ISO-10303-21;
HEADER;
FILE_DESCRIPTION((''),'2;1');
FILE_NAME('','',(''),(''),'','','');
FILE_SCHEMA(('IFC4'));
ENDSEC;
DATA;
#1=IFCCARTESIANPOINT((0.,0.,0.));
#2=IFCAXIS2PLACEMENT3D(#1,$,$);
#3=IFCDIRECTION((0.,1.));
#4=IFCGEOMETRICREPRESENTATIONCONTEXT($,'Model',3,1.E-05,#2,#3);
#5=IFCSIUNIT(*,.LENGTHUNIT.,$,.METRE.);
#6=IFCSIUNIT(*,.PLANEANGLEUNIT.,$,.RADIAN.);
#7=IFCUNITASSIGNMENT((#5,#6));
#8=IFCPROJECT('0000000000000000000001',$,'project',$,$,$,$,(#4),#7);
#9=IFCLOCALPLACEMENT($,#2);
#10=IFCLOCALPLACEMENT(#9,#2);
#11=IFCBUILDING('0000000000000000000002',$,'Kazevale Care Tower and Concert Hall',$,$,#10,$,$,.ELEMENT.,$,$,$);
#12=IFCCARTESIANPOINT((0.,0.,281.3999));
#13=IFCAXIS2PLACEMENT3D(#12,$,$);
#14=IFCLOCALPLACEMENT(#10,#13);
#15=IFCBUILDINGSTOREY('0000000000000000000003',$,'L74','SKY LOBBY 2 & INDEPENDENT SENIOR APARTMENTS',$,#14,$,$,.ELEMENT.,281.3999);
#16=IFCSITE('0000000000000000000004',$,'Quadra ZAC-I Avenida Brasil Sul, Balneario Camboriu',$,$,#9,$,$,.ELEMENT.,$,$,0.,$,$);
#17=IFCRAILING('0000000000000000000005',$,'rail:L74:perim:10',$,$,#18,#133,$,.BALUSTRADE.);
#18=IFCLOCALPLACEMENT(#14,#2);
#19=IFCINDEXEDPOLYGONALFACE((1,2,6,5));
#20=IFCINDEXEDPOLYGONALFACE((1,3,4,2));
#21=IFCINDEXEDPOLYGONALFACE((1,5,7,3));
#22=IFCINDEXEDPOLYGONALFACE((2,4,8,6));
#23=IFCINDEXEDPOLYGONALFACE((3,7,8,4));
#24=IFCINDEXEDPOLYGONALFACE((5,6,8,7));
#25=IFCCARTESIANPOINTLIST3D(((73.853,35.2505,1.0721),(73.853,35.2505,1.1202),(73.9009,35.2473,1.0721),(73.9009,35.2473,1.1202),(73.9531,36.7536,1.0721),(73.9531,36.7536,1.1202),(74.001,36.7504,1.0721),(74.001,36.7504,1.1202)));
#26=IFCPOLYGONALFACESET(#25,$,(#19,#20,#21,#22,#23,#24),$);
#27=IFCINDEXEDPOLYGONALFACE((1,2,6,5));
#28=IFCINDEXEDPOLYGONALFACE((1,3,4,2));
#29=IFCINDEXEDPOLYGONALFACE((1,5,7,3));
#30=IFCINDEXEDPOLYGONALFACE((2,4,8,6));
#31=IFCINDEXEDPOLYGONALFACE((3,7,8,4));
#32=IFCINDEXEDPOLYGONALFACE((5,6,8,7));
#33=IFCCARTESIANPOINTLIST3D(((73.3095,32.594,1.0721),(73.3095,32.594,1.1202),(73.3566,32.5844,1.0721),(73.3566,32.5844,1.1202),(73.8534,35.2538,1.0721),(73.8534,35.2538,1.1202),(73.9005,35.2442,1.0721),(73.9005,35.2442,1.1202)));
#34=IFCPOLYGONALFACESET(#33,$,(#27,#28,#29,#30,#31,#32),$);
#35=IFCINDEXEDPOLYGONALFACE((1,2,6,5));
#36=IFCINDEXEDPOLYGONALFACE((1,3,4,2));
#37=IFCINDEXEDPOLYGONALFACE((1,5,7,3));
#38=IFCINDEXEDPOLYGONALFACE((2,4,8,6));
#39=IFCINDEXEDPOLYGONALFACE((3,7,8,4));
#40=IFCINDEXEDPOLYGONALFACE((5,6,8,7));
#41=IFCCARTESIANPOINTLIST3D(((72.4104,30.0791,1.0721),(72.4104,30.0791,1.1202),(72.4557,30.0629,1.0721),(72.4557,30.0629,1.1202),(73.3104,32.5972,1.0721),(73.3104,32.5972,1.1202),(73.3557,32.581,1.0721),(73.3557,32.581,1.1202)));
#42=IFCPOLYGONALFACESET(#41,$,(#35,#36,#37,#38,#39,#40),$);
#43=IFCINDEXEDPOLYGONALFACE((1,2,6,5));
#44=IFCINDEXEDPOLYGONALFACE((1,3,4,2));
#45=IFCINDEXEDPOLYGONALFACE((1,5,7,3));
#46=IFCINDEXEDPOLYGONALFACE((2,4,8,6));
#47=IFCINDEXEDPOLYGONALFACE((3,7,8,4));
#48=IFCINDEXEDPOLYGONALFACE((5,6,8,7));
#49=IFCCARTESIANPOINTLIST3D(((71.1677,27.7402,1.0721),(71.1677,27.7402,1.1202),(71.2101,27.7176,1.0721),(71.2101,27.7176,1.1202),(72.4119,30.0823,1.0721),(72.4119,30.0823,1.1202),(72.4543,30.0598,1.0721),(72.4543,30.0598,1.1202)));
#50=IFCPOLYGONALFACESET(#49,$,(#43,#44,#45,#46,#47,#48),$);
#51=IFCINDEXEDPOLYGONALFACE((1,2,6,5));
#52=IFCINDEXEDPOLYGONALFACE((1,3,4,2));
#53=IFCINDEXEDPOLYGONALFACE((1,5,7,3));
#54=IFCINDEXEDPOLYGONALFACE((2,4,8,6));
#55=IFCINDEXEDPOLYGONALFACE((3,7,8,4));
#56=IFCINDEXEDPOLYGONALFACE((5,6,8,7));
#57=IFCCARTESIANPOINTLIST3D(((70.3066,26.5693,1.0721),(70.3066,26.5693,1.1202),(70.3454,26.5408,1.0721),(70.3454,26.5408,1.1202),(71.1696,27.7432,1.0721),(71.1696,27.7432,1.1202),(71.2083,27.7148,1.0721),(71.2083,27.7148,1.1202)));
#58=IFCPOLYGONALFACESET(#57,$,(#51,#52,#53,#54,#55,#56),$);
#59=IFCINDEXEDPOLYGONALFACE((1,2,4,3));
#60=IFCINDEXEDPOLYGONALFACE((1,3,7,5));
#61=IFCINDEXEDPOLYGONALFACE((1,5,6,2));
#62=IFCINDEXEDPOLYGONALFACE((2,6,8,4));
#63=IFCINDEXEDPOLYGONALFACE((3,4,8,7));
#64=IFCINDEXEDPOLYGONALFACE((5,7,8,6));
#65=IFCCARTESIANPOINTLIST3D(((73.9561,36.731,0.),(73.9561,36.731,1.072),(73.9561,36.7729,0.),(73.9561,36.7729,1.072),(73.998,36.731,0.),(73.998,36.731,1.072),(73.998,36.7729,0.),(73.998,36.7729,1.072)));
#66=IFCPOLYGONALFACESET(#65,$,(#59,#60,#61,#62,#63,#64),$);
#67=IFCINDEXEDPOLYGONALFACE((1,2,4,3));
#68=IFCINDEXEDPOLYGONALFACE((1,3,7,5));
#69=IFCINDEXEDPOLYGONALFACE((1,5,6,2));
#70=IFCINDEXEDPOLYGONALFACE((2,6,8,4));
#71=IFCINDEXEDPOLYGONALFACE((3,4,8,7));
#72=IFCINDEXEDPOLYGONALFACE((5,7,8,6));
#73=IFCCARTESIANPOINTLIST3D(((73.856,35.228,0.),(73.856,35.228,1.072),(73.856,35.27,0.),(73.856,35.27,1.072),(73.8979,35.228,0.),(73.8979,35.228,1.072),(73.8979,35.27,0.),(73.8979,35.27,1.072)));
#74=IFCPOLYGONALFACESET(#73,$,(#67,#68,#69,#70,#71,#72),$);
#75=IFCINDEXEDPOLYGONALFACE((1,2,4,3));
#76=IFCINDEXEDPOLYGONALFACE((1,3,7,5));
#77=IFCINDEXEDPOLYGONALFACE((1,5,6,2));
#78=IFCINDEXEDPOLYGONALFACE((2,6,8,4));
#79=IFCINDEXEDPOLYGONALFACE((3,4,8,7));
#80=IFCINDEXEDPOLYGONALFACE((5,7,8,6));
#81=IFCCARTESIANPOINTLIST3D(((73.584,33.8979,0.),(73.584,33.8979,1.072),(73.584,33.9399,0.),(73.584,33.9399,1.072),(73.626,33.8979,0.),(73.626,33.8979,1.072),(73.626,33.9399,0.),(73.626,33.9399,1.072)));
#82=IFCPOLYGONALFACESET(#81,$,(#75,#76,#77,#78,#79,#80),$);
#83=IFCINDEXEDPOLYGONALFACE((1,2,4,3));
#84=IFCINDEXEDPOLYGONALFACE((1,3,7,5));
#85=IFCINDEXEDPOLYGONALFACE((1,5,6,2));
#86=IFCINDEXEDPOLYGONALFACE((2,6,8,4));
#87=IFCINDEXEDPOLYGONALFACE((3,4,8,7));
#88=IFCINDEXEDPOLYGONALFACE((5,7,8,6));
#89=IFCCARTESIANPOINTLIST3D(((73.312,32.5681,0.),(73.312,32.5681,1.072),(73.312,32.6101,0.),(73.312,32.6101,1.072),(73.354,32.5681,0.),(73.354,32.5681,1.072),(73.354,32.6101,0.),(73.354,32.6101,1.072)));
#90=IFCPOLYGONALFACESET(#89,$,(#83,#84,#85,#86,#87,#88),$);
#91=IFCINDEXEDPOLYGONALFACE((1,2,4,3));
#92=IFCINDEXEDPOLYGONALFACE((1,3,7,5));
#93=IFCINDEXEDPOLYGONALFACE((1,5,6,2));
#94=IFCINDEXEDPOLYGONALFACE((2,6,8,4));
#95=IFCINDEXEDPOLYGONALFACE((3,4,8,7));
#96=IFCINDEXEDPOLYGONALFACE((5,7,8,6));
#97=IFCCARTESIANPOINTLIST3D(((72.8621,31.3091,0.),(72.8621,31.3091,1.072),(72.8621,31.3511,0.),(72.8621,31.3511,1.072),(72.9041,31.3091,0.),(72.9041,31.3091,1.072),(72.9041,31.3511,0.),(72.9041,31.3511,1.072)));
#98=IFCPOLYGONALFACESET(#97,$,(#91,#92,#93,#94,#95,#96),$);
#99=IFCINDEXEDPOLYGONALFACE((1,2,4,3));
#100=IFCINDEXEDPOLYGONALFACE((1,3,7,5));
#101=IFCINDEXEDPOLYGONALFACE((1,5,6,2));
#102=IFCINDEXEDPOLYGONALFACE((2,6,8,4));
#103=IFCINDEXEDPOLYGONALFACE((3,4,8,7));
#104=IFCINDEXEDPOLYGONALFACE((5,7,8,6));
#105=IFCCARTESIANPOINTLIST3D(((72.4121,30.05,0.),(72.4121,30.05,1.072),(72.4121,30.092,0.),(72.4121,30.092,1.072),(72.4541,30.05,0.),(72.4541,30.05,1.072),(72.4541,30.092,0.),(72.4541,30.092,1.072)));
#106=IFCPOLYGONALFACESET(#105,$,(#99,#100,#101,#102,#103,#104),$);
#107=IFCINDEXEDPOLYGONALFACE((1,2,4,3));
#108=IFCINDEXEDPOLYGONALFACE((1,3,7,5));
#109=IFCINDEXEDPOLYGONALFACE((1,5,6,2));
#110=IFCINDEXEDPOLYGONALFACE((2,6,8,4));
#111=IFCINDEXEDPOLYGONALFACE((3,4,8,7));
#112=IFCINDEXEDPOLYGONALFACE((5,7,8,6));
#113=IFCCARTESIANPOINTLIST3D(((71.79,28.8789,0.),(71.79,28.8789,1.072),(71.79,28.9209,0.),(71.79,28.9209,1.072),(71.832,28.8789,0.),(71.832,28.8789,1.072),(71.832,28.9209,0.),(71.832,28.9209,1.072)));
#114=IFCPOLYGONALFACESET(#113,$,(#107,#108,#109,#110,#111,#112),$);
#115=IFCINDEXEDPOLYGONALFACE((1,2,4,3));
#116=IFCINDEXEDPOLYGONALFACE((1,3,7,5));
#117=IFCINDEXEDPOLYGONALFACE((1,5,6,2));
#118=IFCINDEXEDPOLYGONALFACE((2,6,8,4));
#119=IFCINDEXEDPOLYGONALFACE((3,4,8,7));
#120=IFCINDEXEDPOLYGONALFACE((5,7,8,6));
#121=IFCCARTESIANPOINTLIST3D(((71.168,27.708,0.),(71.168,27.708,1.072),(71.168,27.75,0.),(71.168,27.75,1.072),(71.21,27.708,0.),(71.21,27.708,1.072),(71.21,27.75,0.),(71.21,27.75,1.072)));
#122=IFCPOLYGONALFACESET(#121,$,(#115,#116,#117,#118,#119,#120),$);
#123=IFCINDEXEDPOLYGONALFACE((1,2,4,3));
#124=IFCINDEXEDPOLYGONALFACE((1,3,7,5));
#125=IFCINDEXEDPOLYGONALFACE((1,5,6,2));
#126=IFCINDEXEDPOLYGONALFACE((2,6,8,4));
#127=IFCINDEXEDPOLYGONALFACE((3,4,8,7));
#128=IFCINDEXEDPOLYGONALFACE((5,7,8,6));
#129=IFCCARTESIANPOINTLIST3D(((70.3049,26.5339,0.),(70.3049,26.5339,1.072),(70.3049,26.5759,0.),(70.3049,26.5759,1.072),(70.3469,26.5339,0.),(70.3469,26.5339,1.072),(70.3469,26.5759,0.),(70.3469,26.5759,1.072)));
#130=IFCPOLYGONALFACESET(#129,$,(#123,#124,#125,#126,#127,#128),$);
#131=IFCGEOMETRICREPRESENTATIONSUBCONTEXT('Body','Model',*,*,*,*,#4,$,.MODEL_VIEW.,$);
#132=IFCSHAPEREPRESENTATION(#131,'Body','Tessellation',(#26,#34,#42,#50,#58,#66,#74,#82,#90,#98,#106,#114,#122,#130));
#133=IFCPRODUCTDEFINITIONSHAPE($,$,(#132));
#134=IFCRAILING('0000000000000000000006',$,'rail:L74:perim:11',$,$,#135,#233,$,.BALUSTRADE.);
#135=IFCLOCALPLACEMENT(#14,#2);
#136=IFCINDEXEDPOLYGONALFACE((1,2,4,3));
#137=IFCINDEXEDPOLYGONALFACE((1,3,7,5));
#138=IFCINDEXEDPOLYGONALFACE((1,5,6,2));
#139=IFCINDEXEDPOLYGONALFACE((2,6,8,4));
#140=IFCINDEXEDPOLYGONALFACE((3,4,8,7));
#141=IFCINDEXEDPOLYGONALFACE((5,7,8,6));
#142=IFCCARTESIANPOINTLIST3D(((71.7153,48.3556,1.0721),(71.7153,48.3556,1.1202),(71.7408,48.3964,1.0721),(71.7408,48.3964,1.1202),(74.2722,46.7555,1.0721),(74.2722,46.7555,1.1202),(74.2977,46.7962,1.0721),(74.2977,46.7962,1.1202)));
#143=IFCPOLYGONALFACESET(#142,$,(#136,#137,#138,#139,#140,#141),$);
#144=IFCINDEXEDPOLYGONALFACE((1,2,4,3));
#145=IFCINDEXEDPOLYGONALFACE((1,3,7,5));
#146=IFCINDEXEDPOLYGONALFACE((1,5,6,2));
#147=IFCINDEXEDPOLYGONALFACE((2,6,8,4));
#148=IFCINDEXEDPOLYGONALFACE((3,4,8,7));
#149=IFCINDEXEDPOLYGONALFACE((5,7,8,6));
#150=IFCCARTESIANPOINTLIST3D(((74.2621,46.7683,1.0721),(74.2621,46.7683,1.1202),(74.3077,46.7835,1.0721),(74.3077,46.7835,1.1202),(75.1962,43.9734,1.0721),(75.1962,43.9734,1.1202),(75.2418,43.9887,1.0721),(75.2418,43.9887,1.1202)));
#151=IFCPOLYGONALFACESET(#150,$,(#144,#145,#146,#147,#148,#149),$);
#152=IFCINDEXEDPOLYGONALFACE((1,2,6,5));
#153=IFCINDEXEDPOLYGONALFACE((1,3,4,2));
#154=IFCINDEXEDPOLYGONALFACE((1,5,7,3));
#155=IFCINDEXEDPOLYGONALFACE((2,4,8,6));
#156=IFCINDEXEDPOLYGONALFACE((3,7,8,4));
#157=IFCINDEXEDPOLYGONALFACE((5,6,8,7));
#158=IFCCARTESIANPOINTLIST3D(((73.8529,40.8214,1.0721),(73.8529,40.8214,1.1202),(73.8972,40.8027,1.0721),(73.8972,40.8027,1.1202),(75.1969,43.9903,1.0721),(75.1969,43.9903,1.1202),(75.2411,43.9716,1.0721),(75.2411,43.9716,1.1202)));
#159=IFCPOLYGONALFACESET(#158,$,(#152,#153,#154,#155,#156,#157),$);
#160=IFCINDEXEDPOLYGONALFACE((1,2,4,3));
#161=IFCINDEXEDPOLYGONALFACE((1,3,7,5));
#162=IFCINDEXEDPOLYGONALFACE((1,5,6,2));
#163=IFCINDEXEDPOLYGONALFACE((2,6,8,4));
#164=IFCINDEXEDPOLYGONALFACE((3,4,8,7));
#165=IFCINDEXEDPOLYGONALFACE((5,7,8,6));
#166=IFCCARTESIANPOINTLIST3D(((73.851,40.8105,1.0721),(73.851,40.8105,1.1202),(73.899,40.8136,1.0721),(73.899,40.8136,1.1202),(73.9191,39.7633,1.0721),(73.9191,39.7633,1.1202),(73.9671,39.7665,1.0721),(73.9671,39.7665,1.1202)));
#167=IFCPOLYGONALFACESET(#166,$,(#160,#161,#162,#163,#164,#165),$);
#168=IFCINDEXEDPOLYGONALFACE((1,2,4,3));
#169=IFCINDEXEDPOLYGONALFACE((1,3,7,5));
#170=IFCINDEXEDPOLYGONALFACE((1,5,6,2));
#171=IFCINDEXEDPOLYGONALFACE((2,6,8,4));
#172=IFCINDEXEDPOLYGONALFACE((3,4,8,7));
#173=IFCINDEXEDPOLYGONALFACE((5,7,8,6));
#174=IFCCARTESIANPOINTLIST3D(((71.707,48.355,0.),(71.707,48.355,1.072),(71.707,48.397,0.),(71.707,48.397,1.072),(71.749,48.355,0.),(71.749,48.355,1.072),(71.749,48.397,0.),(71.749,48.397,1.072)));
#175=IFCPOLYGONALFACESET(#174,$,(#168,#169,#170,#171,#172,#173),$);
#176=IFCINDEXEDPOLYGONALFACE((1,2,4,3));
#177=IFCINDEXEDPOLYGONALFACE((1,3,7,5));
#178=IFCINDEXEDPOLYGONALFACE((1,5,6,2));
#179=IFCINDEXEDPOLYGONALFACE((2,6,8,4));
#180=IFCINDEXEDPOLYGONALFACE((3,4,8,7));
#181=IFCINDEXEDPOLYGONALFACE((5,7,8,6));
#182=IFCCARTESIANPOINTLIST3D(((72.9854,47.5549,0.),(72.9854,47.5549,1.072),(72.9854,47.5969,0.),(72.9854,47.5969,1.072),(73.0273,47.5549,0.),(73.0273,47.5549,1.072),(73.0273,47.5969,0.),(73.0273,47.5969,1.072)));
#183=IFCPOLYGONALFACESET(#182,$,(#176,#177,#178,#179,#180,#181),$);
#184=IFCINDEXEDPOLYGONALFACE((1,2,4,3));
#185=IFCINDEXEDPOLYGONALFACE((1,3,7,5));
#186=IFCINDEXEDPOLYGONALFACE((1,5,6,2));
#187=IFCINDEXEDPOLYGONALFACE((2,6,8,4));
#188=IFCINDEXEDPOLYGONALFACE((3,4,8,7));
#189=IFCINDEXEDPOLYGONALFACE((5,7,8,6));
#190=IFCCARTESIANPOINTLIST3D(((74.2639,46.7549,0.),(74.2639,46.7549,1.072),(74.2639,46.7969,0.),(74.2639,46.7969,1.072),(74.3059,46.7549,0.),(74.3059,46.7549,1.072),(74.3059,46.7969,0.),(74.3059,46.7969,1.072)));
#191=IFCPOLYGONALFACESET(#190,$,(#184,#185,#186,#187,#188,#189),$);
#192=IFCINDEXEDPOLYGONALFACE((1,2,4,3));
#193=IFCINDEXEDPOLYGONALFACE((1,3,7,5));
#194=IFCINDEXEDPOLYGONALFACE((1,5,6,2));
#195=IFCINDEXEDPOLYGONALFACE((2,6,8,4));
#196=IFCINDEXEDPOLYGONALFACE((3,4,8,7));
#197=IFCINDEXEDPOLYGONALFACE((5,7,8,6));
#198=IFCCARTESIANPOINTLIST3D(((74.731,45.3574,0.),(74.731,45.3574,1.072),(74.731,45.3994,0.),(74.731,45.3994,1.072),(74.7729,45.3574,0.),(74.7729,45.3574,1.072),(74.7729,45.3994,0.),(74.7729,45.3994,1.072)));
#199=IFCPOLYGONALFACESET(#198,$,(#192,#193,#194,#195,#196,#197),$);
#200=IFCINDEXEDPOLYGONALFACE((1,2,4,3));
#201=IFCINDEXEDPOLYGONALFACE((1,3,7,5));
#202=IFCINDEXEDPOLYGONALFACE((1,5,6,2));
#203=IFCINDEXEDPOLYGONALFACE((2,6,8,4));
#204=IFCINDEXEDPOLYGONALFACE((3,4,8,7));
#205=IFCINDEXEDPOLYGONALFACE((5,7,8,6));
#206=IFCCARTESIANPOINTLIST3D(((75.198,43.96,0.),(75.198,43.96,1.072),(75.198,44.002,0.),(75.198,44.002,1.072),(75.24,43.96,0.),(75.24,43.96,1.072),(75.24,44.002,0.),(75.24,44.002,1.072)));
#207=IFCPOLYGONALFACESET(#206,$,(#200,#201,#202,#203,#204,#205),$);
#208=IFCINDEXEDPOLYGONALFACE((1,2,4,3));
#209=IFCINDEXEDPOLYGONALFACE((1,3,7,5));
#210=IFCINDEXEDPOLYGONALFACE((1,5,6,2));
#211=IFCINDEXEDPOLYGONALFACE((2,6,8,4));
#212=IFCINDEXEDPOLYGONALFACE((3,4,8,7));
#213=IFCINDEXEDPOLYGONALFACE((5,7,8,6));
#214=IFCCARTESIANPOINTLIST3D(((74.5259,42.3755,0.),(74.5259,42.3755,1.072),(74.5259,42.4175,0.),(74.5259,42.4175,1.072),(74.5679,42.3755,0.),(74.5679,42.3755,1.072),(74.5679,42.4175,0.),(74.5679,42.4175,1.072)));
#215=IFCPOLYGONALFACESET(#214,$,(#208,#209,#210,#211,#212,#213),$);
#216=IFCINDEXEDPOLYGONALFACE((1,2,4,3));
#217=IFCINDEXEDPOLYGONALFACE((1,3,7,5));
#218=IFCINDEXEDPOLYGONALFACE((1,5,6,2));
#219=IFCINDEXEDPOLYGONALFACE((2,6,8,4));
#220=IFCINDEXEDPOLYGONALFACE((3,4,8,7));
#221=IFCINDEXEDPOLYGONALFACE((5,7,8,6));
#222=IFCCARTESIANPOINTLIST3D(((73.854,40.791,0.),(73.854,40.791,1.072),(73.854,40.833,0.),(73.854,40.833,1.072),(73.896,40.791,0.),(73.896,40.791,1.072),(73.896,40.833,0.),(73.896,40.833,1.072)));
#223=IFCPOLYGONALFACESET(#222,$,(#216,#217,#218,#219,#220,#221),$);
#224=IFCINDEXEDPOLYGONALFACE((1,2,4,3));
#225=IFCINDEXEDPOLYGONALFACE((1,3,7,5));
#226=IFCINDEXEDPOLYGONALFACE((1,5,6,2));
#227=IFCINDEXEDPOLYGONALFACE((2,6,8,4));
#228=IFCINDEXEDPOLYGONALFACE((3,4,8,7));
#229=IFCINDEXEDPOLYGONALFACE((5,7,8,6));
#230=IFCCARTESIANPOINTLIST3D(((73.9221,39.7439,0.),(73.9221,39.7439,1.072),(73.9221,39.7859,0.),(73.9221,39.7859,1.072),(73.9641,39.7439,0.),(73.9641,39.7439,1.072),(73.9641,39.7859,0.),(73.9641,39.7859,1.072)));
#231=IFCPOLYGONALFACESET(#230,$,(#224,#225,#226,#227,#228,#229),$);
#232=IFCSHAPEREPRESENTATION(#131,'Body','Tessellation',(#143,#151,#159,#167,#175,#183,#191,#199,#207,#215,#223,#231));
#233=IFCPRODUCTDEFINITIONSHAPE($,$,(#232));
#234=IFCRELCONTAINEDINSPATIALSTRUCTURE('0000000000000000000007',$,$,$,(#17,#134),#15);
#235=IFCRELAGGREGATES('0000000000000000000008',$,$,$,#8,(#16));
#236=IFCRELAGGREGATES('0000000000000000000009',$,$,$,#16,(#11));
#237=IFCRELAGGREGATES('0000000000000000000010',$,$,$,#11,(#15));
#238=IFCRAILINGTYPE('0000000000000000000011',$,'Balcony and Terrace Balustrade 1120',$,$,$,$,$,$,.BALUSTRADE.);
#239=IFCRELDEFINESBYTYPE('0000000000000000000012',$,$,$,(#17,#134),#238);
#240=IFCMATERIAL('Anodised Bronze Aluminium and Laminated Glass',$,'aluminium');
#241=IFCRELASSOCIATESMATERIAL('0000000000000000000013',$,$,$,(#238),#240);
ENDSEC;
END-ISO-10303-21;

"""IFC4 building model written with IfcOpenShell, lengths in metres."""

from ifc_helpers import new_model, si_unit, direction, frame, origin, origin_2d, place, context, subcontext, project, spatial, rectangle, extrude, material, type_object, element, save


model = new_model("IFC4")

# Units and contexts
model_context = context("Model", 3, precision=1e-05, world=origin(), true_north=direction((0.0, 1.0)))
body_context = subcontext(model_context, "Body", "Model", "MODEL_VIEW")
ifc_project = project(units=[si_unit("LENGTHUNIT", "METRE"), si_unit("PLANEANGLEUNIT", "RADIAN")], contexts=[model_context])

# Site, building, storey
site_placement = place(None, origin())
site = spatial("IfcSite", under=ifc_project, at=site_placement, Name="Quadra ZAC-I Avenida Brasil Sul, Balneario Camboriu", CompositionType="ELEMENT", RefElevation=0.0)
building_placement = place(site_placement, origin())
building = spatial("IfcBuilding", under=site, at=building_placement, Name="Kazevale Care Tower and Concert Hall", CompositionType="ELEMENT")
storey_placement = place(building_placement, frame((0.0, 0.0, 281.3999)))
storey = spatial("IfcBuildingStorey", under=building, at=storey_placement, Name="L74", Description="SKY LOBBY 2 & INDEPENDENT SENIOR APARTMENTS", CompositionType="ELEMENT", Elevation=281.3999)

# Railings
ifc_material_1 = material(Name="Anodised Bronze Aluminium and Laminated Glass", Category="aluminium")
railing_type = type_object("IfcRailingType", Name="Balcony and Terrace Balustrade 1120", PredefinedType="BALUSTRADE", material=ifc_material_1)
railing_1_placement = place(storey_placement, frame((73.9771, 36.752, 0.0)))
element("IfcRailing", 1, at=railing_1_placement, inside=storey, type_object=railing_type, Name="rail:L74:perim:10", PredefinedType="BALUSTRADE", context=body_context, shape_type="SweptSolid", body=[
    extrude(rectangle(XDim=0.0481, YDim=0.0481, at=origin_2d()), frame((0.0, 0.0, 1.0962), z_axis=(-0.066454, -0.997789, 0.0), x_axis=(0.997789, -0.066454, 0.0)), (0.0, 0.0, 1.0), 1.5063),
    extrude(rectangle(XDim=0.0481, YDim=0.0481, at=origin_2d()), frame((-0.1001, -1.5029, 1.0962), z_axis=(-0.200351, -0.979724, 0.0), x_axis=(0.979724, -0.200351, 0.0)), (0.0, 0.0, 1.0), 2.7148),
    extrude(rectangle(XDim=0.0481, YDim=0.0481, at=origin_2d()), frame((-0.644, -4.1628, 1.0962), z_axis=(-0.336533, -0.941672, 0.0), x_axis=(0.941672, -0.336533, 0.0)), (0.0, 0.0, 1.0), 2.6741),
    extrude(rectangle(XDim=0.0481, YDim=0.0481, at=origin_2d()), frame((-1.5439, -6.6809, 1.0962), z_axis=(-0.469135, -0.883126, 0.0), x_axis=(0.883126, -0.469135, 0.0)), (0.0, 0.0, 1.0), 2.6521),
    extrude(rectangle(XDim=0.0481, YDim=0.0481, at=origin_2d()), frame((-2.7881, -9.0229, 1.0962), z_axis=(-0.592278, -0.805733, 0.0), x_axis=(0.805733, -0.592278, 0.0)), (0.0, 0.0, 1.0), 1.457),
    extrude(rectangle(XDim=0.042, YDim=0.042, at=origin_2d()), origin(), (0.0, 0.0, 1.0), 1.072),
    extrude(rectangle(XDim=0.042, YDim=0.042, at=origin_2d()), frame((-0.1001, -1.5029, 0.0)), (0.0, 0.0, 1.0), 1.072),
    extrude(rectangle(XDim=0.042, YDim=0.042, at=origin_2d()), frame((-0.3721, -2.833, 0.0)), (0.0, 0.0, 1.0), 1.072),
    extrude(rectangle(XDim=0.042, YDim=0.042, at=origin_2d()), frame((-0.644, -4.1628, 0.0)), (0.0, 0.0, 1.0), 1.072),
    extrude(rectangle(XDim=0.042, YDim=0.042, at=origin_2d()), frame((-1.094, -5.4219, 0.0)), (0.0, 0.0, 1.0), 1.072),
    extrude(rectangle(XDim=0.042, YDim=0.042, at=origin_2d()), frame((-1.5439, -6.6809, 0.0)), (0.0, 0.0, 1.0), 1.072),
    extrude(rectangle(XDim=0.042, YDim=0.042, at=origin_2d()), frame((-2.166, -7.8521, 0.0)), (0.0, 0.0, 1.0), 1.072),
    extrude(rectangle(XDim=0.042, YDim=0.042, at=origin_2d()), frame((-2.7881, -9.0229, 0.0)), (0.0, 0.0, 1.0), 1.072),
    extrude(rectangle(XDim=0.042, YDim=0.042, at=origin_2d()), frame((-3.6511, -10.197, 0.0)), (0.0, 0.0, 1.0), 1.072),
])
railing_2_placement = place(storey_placement, frame((71.728, 48.376, 0.0)))
element("IfcRailing", 2, at=railing_2_placement, inside=storey, type_object=railing_type, Name="rail:L74:perim:11", PredefinedType="BALUSTRADE", context=body_context, shape_type="SweptSolid", body=[
    extrude(rectangle(XDim=0.0481, YDim=0.0481, at=origin_2d()), frame((0.0, 0.0, 1.0962), z_axis=(0.847693, -0.530486, 0.0), x_axis=(0.530486, 0.847693, 0.0)), (0.0, 0.0, 1.0), 3.0164),
    extrude(rectangle(XDim=0.0481, YDim=0.0481, at=origin_2d()), frame((2.5569, -1.6001, 1.0962), z_axis=(0.316973, -0.948434, 0.0), x_axis=(0.948434, 0.316973, 0.0)), (0.0, 0.0, 1.0), 2.9468),
    extrude(rectangle(XDim=0.0481, YDim=0.0481, at=origin_2d()), frame((3.491, -4.395, 1.0962), z_axis=(-0.39045, -0.920624, 0.0), x_axis=(0.920624, -0.39045, 0.0)), (0.0, 0.0, 1.0), 3.4421),
    extrude(rectangle(XDim=0.0481, YDim=0.0481, at=origin_2d()), frame((2.147, -7.564, 1.0962), z_axis=(0.064913, -0.997891, 0.0), x_axis=(0.997891, 0.064913, 0.0)), (0.0, 0.0, 1.0), 1.0493),
    extrude(rectangle(XDim=0.042, YDim=0.042, at=origin_2d()), origin(), (0.0, 0.0, 1.0), 1.072),
    extrude(rectangle(XDim=0.042, YDim=0.042, at=origin_2d()), frame((1.2783, -0.8, 0.0)), (0.0, 0.0, 1.0), 1.072),
    extrude(rectangle(XDim=0.042, YDim=0.042, at=origin_2d()), frame((2.5569, -1.6001, 0.0)), (0.0, 0.0, 1.0), 1.072),
    extrude(rectangle(XDim=0.042, YDim=0.042, at=origin_2d()), frame((3.0239, -2.9976, 0.0)), (0.0, 0.0, 1.0), 1.072),
    extrude(rectangle(XDim=0.042, YDim=0.042, at=origin_2d()), frame((3.491, -4.395, 0.0)), (0.0, 0.0, 1.0), 1.072),
    extrude(rectangle(XDim=0.042, YDim=0.042, at=origin_2d()), frame((2.8188, -5.9795, 0.0)), (0.0, 0.0, 1.0), 1.072),
    extrude(rectangle(XDim=0.042, YDim=0.042, at=origin_2d()), frame((2.147, -7.564, 0.0)), (0.0, 0.0, 1.0), 1.072),
    extrude(rectangle(XDim=0.042, YDim=0.042, at=origin_2d()), frame((2.2151, -8.6111, 0.0)), (0.0, 0.0, 1.0), 1.072),
])

save(model, "model.ifc")
